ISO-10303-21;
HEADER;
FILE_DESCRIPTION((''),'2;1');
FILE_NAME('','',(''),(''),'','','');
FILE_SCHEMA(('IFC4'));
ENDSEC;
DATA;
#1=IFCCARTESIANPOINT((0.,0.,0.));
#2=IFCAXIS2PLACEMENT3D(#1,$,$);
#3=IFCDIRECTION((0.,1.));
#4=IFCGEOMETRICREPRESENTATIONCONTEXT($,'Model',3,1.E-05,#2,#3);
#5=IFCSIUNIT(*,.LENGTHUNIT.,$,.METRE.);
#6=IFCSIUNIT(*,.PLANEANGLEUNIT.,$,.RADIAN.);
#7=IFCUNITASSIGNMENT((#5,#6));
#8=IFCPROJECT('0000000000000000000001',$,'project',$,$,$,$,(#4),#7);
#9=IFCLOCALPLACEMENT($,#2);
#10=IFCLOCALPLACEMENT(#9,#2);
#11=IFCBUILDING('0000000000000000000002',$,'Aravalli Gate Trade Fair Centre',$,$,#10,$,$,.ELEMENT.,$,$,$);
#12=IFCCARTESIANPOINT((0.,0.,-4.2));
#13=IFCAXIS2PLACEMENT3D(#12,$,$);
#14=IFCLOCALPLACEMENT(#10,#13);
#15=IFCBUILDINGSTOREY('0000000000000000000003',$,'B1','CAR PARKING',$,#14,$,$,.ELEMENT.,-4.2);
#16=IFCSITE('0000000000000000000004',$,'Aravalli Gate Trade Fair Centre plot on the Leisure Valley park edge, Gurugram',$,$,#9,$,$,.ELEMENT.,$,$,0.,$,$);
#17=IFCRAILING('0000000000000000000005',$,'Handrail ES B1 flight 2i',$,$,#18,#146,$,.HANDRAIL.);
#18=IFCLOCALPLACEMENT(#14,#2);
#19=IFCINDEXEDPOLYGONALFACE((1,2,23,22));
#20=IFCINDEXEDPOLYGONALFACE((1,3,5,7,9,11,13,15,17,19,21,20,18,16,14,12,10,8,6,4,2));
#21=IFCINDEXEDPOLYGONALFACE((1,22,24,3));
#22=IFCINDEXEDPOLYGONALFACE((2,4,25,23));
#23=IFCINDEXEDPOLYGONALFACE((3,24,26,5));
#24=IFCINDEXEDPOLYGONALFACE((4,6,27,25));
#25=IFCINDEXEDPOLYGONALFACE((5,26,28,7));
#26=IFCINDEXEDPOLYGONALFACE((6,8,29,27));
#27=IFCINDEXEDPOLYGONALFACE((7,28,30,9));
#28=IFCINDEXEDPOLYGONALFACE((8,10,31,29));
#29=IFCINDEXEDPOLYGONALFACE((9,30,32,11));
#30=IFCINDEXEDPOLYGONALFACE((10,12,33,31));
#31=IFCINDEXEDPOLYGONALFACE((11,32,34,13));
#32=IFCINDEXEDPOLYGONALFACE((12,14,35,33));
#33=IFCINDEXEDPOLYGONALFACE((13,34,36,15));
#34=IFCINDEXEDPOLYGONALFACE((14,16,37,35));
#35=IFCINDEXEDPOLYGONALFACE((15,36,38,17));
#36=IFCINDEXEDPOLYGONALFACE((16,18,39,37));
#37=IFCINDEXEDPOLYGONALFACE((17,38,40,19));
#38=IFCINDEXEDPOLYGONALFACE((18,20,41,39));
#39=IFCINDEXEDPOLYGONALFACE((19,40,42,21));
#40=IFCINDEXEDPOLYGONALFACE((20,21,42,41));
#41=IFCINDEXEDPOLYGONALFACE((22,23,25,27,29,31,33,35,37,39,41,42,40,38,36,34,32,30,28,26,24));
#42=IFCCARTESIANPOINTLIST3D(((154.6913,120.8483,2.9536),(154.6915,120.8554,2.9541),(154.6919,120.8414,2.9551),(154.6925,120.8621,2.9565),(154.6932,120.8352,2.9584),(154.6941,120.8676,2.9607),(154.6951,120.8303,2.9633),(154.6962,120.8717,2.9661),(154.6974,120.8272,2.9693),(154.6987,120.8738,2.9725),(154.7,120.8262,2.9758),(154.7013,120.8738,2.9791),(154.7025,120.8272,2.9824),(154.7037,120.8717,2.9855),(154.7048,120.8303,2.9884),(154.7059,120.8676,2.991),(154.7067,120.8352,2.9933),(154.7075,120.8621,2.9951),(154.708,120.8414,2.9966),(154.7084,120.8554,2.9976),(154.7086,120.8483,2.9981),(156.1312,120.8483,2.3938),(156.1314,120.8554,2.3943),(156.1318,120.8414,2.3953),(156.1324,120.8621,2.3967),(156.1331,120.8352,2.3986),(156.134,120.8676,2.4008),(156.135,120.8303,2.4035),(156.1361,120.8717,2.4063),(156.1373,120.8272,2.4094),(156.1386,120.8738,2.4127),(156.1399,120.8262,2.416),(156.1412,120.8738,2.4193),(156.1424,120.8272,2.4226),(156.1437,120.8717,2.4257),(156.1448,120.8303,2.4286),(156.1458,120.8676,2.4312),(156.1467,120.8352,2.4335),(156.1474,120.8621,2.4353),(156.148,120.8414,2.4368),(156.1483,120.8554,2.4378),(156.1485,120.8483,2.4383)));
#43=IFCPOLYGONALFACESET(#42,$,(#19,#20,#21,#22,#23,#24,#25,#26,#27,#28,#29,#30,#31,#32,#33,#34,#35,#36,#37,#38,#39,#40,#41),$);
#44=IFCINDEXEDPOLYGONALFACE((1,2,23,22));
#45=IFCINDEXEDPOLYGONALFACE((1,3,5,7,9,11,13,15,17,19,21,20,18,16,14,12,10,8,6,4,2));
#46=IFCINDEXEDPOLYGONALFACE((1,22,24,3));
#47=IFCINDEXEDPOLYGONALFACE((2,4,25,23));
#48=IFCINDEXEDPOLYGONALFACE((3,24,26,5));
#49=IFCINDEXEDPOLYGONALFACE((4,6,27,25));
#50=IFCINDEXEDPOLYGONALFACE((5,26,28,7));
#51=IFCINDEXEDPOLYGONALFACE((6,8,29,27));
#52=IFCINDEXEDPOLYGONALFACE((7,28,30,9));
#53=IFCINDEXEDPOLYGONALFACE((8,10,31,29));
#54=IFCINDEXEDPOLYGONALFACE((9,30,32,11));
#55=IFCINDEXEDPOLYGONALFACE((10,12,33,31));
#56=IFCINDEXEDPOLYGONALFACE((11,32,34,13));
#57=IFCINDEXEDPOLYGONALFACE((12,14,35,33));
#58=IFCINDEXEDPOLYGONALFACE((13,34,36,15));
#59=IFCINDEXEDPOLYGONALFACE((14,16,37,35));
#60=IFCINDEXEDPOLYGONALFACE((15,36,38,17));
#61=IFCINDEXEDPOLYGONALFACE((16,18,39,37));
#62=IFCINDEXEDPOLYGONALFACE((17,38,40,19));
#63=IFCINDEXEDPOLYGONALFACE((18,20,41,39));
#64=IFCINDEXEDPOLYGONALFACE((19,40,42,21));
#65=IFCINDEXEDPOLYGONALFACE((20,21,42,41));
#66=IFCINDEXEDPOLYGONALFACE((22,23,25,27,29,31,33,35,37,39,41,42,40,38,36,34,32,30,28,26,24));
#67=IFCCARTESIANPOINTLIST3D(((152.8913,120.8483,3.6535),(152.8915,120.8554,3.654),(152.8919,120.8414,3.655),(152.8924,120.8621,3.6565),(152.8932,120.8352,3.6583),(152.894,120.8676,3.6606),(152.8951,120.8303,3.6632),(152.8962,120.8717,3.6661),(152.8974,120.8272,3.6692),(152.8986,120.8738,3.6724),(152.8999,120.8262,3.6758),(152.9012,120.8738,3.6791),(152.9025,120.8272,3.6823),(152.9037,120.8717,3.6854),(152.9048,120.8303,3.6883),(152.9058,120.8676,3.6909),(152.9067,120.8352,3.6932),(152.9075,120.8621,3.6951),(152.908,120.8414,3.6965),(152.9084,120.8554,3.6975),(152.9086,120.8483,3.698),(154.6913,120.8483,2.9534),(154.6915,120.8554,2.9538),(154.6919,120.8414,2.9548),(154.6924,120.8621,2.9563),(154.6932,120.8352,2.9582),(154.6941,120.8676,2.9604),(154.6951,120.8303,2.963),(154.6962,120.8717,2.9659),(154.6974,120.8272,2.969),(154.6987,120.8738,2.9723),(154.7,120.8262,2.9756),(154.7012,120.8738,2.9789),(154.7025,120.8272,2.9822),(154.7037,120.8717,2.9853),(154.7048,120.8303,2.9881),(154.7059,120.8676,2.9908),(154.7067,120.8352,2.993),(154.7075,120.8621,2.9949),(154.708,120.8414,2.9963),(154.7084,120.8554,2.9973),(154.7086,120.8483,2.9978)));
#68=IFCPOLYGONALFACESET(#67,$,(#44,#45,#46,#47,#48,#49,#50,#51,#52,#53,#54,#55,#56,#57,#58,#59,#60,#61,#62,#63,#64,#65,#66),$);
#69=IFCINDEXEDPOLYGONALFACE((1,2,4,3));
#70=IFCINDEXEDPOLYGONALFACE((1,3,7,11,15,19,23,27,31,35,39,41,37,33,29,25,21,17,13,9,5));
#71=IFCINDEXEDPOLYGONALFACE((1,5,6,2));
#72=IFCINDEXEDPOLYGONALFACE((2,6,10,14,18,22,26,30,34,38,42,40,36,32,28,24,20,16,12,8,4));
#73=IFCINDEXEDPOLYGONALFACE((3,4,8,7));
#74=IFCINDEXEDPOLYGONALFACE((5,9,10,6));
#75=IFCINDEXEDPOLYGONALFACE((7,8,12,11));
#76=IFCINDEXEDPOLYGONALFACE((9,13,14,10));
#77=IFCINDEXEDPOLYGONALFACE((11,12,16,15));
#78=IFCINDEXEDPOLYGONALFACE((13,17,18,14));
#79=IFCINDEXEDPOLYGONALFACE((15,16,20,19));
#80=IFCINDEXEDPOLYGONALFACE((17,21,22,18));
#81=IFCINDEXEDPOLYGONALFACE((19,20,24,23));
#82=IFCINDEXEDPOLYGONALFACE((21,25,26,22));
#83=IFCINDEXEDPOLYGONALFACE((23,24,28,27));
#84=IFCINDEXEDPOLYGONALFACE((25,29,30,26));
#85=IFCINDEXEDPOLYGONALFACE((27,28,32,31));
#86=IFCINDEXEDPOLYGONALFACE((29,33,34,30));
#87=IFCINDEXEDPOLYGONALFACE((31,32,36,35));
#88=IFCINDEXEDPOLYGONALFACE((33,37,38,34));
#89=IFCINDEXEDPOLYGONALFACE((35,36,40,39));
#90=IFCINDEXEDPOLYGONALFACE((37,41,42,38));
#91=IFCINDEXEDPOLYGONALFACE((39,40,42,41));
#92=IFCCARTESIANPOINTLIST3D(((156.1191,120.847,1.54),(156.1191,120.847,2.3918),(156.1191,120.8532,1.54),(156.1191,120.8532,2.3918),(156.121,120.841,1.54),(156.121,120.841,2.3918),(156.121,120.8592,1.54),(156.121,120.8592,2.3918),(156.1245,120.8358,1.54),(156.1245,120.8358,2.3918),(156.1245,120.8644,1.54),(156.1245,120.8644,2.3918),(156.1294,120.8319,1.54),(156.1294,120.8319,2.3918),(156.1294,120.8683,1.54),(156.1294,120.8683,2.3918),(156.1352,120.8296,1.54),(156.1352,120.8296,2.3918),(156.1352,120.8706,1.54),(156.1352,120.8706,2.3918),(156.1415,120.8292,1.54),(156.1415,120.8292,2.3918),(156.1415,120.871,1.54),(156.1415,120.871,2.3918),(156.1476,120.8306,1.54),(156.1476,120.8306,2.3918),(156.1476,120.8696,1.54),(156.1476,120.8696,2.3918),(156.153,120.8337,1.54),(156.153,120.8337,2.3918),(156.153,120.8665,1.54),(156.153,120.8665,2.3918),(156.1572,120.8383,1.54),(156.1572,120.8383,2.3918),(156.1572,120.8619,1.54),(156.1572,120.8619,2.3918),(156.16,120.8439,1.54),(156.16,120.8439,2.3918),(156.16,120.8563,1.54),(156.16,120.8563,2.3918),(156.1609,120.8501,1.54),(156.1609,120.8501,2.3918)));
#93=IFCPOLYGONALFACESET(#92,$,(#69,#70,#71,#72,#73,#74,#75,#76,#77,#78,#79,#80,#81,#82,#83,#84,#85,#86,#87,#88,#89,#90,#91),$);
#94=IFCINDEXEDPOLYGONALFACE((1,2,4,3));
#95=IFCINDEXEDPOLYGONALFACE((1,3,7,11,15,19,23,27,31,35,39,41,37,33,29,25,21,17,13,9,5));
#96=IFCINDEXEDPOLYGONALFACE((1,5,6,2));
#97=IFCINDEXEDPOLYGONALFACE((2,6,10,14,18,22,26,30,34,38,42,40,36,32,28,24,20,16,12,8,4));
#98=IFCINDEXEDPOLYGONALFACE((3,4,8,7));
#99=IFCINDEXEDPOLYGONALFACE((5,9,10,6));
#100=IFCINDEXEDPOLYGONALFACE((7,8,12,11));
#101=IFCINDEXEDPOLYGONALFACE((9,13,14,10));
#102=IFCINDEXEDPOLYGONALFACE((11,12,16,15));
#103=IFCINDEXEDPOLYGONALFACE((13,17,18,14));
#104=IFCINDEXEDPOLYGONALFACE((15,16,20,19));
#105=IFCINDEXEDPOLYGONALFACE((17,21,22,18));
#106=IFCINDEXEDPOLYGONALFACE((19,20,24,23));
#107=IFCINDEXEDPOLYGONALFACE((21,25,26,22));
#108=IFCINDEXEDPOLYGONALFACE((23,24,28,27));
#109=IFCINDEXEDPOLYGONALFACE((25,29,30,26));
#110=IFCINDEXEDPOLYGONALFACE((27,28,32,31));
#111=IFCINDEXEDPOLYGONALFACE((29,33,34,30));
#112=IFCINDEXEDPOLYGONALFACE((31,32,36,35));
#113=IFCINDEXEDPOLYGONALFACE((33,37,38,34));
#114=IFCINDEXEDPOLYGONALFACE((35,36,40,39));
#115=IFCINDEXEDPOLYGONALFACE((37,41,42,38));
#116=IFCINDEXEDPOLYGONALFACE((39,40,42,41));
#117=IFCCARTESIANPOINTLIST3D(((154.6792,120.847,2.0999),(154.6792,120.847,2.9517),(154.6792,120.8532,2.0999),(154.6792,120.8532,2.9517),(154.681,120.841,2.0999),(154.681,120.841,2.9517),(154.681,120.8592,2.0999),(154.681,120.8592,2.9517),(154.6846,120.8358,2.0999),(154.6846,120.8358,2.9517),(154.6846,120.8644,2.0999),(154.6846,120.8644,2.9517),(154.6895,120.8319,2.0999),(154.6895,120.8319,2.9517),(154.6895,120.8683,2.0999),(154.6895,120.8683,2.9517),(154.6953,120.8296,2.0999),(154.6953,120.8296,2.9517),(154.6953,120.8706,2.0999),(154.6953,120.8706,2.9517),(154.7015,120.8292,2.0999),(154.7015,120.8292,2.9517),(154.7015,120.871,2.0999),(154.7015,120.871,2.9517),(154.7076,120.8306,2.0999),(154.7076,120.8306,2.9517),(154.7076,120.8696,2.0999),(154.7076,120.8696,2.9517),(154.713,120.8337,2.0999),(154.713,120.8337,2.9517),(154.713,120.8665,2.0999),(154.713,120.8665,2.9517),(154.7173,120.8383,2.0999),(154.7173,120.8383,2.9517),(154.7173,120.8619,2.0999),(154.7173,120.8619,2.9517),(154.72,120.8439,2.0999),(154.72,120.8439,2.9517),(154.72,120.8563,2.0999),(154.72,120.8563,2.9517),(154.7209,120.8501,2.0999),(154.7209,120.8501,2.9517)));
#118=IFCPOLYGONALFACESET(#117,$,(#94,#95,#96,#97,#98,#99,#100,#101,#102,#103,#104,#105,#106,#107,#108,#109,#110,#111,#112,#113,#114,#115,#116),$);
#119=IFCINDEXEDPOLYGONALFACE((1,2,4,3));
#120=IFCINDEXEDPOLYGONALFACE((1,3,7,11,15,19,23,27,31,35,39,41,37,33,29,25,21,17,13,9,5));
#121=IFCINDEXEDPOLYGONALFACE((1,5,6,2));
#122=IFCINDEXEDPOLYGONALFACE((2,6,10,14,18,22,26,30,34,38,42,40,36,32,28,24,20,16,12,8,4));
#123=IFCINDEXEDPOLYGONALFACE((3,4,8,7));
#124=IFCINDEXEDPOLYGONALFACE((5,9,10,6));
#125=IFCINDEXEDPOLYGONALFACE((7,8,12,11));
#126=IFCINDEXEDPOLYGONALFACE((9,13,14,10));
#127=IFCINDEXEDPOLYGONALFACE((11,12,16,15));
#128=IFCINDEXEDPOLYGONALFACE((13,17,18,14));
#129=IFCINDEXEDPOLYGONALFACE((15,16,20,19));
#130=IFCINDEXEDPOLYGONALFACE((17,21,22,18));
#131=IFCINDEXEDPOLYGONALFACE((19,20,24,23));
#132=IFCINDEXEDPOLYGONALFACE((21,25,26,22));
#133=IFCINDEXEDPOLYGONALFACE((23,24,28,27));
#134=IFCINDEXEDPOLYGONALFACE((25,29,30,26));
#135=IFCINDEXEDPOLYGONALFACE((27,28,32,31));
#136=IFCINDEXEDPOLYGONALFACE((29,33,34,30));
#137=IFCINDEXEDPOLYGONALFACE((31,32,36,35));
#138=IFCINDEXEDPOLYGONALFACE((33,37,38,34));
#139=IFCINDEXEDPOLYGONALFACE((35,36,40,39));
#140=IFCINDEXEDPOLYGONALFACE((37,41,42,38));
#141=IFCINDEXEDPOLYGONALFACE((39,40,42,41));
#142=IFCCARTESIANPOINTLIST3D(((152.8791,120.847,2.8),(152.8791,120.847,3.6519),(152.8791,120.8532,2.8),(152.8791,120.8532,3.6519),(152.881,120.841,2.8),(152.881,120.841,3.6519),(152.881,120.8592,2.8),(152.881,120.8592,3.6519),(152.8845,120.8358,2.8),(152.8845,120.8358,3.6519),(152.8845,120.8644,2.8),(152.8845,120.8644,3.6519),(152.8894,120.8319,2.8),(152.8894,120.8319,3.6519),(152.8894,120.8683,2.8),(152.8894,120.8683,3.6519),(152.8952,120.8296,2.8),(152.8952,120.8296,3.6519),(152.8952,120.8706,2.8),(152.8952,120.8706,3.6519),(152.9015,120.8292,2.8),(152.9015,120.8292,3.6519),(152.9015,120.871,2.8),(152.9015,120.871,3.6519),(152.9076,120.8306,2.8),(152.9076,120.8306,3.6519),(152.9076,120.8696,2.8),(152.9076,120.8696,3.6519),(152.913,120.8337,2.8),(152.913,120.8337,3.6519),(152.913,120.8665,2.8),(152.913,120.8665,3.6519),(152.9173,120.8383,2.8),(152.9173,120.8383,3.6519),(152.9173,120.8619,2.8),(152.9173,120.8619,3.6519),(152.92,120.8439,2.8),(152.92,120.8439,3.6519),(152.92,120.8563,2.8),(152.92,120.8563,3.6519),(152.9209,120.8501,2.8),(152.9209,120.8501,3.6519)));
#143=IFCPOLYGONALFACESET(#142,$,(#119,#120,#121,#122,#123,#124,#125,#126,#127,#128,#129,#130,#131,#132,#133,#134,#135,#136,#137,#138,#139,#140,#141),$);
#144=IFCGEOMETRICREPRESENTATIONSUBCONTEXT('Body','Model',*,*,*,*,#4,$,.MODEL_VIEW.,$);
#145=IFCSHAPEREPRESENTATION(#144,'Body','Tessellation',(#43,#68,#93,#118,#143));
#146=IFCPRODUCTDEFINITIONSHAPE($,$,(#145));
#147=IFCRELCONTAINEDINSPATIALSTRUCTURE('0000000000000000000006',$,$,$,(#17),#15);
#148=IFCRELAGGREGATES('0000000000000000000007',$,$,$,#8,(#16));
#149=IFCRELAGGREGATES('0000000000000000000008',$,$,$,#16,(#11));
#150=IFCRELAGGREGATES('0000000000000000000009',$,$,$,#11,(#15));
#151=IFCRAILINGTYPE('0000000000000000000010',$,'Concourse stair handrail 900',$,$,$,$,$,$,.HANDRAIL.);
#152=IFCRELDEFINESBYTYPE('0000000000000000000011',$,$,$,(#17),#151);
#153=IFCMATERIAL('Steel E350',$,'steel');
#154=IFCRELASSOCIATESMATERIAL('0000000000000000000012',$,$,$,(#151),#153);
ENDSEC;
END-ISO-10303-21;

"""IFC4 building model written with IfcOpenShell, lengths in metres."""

from ifc_helpers import new_model, si_unit, direction, frame, origin, origin_2d, place, context, subcontext, project, spatial, circle, extrude, material, type_object, element, save


model = new_model("IFC4")

# Units and contexts
model_context = context("Model", 3, precision=1e-05, world=origin(), true_north=direction((0.0, 1.0)))
body_context = subcontext(model_context, "Body", "Model", "MODEL_VIEW")
ifc_project = project(units=[si_unit("LENGTHUNIT", "METRE"), si_unit("PLANEANGLEUNIT", "RADIAN")], contexts=[model_context])

# Site, building, storey
site_placement = place(None, origin())
site = spatial("IfcSite", under=ifc_project, at=site_placement, Name="Aravalli Gate Trade Fair Centre plot on the Leisure Valley park edge, Gurugram", CompositionType="ELEMENT", RefElevation=0.0)
building_placement = place(site_placement, origin())
building = spatial("IfcBuilding", under=site, at=building_placement, Name="Aravalli Gate Trade Fair Centre", CompositionType="ELEMENT")
storey_placement = place(building_placement, frame((0.0, 0.0, -4.2)))
storey = spatial("IfcBuildingStorey", under=building, at=storey_placement, Name="B1", Description="CAR PARKING", CompositionType="ELEMENT", Elevation=-4.2)

# Shared definitions
ifc_material_1 = material(Name="Steel E350", Category="steel")

# Railing
railing_type = type_object("IfcRailingType", Name="Concourse stair handrail 900", PredefinedType="HANDRAIL", material=ifc_material_1)
for number, where, name in (
    (1, (156.1399, 120.8501, 1.54), "Handrail ES B1 flight 2i"),
):
    element("IfcRailing", number, at=place(storey_placement, frame(where)), inside=storey, type_object=railing_type, Name=name, PredefinedType="HANDRAIL", context=body_context, shape_type="SweptSolid", body=[
        extrude(circle(Radius=0.0239, at=origin_2d()), frame((0.0, 0.0, 0.876), z_axis=(-0.93204, 0.0, 0.362355), x_axis=(0.0, -1.0, 0.0)), (0.0, 0.0, 1.0), 1.5449),
        extrude(circle(Radius=0.0239, at=origin_2d()), frame((-1.4399, 0.0, 1.4355), z_axis=(-0.931974, 0.0, 0.362526), x_axis=(0.0, -1.0, 0.0)), (0.0, 0.0, 1.0), 1.9314),
        extrude(circle(Radius=0.021, at=origin_2d()), origin(), (0.0, 0.0, 1.0), 0.8518),
        extrude(circle(Radius=0.021, at=origin_2d()), frame((-1.4399, 0.0, 0.5598)), (0.0, 0.0, 1.0), 0.8518),
        extrude(circle(Radius=0.021, at=origin_2d()), frame((-3.24, 0.0, 1.26)), (0.0, 0.0, 1.0), 0.8518),
    ])

save(model, "model.ifc")
